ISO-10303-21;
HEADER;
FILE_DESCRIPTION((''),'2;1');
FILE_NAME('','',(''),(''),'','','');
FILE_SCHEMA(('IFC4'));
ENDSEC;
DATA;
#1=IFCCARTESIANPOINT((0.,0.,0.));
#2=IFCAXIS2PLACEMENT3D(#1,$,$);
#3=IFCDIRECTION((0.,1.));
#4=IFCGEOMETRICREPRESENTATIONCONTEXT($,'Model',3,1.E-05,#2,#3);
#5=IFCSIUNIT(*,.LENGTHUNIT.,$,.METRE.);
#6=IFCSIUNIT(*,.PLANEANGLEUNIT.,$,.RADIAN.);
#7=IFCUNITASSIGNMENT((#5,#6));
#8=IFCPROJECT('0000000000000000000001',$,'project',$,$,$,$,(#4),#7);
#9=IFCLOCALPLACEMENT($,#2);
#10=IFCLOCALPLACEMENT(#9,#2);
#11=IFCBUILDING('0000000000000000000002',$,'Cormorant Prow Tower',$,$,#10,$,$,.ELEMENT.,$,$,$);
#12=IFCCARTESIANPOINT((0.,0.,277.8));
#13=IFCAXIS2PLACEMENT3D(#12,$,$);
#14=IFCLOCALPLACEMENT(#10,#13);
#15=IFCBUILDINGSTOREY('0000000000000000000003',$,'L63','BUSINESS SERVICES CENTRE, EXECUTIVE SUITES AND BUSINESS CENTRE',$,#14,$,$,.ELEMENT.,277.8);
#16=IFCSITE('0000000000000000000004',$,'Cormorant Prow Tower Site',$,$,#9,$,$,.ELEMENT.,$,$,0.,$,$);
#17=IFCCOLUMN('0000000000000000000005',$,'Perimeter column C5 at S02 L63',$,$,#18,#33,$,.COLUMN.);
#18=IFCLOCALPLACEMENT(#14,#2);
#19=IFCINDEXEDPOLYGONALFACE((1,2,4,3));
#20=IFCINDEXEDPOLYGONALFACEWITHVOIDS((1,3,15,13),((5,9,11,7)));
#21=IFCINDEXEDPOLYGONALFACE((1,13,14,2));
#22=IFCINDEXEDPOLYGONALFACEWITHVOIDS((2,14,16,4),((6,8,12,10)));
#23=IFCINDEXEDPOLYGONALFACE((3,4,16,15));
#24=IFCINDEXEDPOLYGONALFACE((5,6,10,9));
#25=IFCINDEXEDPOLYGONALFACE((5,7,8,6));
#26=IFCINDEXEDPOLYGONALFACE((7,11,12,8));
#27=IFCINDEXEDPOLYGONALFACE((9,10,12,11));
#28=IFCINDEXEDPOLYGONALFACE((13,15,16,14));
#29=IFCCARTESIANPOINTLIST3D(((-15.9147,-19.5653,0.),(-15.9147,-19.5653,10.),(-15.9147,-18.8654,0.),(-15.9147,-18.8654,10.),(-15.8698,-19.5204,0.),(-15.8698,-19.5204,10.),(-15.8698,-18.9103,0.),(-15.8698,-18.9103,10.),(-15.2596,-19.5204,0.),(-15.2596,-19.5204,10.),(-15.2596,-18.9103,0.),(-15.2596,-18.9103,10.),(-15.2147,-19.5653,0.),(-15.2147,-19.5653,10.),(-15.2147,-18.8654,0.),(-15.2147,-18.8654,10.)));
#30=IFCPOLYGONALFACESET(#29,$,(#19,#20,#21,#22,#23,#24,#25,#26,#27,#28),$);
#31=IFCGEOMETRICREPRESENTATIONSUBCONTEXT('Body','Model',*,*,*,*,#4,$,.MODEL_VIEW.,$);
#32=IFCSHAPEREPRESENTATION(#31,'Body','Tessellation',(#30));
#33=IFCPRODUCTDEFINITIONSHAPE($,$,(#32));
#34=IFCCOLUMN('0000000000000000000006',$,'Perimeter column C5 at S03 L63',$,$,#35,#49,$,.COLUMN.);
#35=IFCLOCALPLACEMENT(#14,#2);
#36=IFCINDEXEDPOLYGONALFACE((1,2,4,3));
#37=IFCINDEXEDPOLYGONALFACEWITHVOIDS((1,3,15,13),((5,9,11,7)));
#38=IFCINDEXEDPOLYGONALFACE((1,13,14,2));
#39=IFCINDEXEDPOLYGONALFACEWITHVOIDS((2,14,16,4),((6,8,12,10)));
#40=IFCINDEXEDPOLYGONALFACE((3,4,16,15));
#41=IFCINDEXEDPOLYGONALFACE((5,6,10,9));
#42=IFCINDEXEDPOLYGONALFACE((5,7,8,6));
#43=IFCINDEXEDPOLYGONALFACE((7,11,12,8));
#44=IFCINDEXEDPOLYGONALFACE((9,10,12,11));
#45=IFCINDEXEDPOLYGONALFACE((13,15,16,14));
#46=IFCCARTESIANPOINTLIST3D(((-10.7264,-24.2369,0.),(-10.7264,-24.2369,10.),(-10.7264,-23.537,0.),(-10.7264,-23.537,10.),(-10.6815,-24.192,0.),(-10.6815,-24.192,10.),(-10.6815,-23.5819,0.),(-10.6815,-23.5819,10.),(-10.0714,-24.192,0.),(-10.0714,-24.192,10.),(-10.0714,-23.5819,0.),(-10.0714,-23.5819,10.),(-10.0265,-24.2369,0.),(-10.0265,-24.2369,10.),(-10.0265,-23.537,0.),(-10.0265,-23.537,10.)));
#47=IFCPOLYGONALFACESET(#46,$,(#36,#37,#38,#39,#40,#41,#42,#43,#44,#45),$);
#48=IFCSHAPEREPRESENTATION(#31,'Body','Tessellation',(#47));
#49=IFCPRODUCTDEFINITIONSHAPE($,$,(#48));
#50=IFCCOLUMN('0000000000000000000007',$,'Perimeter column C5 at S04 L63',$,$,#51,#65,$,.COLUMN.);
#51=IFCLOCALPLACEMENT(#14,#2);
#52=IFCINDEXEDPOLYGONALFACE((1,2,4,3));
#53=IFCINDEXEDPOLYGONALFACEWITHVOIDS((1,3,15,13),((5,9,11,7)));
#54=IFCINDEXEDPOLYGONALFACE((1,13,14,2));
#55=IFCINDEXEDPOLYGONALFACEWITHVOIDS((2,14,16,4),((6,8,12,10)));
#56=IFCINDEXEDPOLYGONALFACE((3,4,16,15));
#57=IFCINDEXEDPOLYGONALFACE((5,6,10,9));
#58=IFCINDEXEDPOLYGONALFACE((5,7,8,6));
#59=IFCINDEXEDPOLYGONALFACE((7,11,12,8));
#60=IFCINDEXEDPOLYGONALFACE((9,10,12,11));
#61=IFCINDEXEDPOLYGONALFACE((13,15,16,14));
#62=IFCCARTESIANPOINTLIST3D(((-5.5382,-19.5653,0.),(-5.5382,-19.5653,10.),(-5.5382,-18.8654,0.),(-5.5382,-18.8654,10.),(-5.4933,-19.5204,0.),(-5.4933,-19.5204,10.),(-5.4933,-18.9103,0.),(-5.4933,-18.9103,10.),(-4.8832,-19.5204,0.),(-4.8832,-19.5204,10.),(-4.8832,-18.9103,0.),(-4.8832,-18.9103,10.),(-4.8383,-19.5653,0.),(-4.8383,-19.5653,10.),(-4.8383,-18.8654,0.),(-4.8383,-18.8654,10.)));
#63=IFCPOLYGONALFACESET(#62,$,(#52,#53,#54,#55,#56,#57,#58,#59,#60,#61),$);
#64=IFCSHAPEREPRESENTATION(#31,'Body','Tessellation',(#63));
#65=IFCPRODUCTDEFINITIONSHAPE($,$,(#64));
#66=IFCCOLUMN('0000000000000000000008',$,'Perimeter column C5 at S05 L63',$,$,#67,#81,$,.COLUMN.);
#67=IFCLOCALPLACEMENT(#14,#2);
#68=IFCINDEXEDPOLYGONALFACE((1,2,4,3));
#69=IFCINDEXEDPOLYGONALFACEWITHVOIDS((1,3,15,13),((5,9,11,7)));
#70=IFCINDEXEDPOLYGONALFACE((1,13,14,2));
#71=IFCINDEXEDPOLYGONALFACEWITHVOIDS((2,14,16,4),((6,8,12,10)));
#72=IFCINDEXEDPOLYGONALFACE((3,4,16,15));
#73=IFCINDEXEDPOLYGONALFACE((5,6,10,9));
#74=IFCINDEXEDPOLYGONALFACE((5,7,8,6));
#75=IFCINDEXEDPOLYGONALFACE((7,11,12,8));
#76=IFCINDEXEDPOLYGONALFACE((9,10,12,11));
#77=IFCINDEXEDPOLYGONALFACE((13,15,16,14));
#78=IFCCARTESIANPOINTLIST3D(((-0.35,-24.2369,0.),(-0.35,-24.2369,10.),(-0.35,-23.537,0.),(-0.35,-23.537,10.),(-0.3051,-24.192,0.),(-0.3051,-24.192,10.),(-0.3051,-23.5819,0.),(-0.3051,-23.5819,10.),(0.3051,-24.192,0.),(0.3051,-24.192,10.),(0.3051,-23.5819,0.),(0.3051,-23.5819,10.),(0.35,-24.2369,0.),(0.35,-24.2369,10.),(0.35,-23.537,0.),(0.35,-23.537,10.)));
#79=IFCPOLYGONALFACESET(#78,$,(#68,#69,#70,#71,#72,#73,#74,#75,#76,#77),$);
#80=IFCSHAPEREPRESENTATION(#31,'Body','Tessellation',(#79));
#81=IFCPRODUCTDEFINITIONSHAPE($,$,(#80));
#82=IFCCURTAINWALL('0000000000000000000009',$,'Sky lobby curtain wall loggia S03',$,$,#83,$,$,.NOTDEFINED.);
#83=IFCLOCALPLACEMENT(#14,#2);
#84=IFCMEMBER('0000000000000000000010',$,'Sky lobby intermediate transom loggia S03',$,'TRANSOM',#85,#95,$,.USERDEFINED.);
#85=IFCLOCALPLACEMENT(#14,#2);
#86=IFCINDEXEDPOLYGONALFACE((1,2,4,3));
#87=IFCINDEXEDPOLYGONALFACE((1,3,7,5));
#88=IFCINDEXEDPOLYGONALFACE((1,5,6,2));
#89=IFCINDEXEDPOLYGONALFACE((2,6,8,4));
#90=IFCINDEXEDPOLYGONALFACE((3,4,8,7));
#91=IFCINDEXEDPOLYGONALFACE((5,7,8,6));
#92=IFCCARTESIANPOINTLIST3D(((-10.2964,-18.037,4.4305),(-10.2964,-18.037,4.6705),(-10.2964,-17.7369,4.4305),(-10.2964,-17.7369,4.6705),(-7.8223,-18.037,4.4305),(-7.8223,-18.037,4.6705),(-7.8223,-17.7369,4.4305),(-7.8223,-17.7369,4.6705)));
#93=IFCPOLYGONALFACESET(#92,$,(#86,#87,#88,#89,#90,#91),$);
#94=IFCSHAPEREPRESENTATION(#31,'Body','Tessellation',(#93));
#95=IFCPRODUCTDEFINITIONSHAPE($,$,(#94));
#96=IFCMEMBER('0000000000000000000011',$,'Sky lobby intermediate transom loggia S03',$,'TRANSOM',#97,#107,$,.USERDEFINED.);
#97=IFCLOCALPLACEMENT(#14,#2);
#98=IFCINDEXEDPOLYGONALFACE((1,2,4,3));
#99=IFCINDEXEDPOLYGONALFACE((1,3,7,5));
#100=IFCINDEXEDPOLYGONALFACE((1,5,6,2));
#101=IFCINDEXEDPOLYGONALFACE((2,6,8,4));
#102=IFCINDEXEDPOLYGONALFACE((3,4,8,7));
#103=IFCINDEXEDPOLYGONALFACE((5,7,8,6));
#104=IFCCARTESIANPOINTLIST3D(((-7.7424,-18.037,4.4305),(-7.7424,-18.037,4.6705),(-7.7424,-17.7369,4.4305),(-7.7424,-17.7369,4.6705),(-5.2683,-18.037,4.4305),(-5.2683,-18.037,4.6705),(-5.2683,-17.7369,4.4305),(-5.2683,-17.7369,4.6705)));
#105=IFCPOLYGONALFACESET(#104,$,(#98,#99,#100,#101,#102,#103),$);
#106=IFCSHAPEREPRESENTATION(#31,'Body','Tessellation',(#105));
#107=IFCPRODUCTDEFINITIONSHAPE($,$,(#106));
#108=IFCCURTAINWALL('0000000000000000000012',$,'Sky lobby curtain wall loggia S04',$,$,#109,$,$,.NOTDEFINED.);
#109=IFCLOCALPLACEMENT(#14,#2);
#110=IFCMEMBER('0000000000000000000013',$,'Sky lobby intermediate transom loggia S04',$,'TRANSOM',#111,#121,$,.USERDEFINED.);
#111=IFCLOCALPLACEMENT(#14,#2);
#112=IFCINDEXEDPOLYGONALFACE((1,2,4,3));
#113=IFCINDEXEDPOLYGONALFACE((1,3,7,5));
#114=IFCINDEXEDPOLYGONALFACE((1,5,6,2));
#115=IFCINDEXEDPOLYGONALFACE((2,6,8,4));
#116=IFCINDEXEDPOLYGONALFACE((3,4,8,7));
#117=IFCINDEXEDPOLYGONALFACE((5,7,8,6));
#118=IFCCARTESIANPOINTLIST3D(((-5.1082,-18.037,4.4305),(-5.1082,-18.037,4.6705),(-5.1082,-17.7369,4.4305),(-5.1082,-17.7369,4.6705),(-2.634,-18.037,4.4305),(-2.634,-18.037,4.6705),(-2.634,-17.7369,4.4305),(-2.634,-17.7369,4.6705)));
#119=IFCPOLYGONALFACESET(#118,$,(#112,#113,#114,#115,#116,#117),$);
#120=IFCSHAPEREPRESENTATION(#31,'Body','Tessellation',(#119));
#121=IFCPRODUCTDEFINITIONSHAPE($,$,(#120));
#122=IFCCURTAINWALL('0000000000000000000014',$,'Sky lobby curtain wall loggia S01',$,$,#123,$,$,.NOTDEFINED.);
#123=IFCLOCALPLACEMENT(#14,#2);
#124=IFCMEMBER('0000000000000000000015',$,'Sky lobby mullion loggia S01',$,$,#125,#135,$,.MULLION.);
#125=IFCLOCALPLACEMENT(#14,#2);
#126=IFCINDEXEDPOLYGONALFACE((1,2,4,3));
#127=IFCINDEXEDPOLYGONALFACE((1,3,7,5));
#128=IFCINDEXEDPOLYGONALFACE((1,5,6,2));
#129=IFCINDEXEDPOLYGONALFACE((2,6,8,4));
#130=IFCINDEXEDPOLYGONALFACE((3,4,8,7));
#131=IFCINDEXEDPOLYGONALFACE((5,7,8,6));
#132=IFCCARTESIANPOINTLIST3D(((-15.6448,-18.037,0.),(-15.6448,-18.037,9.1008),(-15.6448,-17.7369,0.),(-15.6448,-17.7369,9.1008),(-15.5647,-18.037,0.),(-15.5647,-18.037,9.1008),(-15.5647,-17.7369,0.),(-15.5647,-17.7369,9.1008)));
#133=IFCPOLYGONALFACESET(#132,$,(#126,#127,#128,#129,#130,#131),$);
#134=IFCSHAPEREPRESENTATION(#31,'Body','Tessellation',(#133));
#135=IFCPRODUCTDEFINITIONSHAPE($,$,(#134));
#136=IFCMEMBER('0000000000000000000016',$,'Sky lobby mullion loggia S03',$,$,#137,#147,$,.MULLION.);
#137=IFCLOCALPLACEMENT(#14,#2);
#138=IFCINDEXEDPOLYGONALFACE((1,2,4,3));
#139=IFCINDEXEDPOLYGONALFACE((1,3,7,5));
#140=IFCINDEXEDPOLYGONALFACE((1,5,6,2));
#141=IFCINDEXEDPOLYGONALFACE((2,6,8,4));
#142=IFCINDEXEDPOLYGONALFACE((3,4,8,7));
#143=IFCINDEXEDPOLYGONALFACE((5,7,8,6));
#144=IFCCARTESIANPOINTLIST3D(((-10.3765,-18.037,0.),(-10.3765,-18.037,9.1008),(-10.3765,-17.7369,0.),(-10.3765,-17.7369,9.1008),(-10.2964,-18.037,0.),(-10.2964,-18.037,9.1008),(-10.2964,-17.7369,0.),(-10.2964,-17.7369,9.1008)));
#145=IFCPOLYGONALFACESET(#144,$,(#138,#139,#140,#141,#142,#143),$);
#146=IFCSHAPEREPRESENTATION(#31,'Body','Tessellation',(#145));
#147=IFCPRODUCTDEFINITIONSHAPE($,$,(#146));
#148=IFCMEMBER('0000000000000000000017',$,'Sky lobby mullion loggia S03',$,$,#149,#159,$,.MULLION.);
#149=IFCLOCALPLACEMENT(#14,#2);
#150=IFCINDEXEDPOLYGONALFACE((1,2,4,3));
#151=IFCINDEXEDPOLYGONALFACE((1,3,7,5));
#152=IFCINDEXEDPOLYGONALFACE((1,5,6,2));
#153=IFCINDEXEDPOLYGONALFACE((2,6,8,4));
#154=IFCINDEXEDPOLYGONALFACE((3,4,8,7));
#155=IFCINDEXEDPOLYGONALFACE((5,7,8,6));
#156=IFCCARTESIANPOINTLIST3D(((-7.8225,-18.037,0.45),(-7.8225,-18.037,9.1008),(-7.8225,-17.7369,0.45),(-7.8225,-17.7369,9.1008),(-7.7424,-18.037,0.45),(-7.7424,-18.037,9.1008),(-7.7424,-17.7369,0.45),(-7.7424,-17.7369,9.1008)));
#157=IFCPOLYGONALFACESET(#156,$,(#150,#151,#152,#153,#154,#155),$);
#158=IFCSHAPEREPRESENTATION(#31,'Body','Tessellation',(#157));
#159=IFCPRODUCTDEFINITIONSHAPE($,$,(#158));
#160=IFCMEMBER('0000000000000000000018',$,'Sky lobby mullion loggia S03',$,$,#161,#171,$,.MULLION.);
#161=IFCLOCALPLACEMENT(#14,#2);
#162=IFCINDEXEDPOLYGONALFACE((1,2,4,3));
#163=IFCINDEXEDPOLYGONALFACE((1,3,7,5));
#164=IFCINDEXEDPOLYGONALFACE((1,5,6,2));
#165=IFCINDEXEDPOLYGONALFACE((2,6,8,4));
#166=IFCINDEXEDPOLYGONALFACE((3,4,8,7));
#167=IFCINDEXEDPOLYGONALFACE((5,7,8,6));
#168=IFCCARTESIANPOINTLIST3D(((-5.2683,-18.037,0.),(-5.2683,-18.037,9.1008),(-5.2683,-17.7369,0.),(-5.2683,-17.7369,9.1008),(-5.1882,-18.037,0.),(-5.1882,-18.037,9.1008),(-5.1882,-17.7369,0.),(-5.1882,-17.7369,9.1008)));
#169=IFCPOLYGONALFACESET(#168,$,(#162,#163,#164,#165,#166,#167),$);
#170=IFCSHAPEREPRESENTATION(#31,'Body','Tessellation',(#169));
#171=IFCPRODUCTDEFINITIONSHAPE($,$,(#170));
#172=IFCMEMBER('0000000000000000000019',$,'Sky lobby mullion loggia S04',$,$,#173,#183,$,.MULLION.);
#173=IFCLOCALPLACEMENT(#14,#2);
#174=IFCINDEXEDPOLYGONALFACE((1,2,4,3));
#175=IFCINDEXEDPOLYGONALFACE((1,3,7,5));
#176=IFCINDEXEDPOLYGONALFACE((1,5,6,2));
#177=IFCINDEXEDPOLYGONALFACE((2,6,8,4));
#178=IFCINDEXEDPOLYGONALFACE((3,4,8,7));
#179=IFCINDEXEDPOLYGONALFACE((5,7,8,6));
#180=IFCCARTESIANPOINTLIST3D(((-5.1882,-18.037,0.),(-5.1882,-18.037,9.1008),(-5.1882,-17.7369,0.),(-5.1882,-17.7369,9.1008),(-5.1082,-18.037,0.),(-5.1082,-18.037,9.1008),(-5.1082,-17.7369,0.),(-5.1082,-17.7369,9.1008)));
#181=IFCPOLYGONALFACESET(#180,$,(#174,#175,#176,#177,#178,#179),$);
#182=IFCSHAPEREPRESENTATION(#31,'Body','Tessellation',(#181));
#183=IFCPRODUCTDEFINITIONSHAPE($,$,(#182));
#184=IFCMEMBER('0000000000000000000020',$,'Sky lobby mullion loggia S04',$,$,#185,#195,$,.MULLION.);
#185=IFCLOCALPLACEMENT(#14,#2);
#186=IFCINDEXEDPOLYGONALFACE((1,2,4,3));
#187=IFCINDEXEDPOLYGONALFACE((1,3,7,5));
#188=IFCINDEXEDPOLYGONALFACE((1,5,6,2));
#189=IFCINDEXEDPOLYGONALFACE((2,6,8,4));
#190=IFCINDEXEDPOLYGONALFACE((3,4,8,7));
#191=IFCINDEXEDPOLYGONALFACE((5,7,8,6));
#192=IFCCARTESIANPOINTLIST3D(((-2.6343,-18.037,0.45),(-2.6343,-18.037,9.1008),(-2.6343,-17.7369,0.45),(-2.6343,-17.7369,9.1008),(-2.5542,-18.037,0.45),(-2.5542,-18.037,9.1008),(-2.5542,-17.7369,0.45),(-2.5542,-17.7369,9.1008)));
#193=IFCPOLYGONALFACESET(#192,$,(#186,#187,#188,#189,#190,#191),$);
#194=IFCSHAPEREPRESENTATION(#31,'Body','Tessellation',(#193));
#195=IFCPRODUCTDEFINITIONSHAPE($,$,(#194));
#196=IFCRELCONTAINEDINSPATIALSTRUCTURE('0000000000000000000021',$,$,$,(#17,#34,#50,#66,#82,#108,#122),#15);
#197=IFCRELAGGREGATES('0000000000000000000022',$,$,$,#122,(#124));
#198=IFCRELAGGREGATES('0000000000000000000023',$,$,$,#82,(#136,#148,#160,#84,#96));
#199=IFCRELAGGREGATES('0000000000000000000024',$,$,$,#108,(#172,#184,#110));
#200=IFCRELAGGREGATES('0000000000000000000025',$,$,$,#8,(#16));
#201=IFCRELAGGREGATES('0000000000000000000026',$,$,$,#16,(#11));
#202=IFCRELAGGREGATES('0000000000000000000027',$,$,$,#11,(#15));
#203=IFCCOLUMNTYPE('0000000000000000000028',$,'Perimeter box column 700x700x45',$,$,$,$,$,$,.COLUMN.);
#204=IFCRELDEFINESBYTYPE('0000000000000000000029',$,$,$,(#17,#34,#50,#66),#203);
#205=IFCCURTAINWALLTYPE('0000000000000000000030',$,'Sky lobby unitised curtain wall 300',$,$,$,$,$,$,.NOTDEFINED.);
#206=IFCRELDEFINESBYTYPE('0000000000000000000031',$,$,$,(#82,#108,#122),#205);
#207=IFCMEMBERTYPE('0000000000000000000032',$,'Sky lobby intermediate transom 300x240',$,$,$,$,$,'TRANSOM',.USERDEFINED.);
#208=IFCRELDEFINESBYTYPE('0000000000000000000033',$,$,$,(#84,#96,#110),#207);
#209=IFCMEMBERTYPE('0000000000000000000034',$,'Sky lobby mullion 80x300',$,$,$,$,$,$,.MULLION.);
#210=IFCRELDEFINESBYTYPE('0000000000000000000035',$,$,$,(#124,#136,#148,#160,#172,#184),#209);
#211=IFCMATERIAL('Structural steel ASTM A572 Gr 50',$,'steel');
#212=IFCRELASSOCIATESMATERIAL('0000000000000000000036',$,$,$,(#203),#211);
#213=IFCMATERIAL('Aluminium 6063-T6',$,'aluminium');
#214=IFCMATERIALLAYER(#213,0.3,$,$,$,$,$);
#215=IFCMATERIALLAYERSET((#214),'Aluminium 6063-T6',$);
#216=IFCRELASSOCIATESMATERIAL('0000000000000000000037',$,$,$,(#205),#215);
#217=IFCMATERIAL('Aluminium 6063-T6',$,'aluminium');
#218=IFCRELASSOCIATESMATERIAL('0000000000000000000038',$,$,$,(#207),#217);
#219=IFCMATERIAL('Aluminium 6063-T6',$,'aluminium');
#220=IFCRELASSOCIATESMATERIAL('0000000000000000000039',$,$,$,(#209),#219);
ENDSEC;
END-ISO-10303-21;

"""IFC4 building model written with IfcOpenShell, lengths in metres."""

from ifc_helpers import new_model, si_unit, direction, frame, origin, origin_2d, place, context, subcontext, project, spatial, rectangle, hollow_rectangle, extrude, material, layer, layer_set, material_profile, profile_set, type_object, element, aggregate, save


model = new_model("IFC4")

# Units and contexts
model_context = context("Model", 3, precision=1e-05, world=origin(), true_north=direction((0.0, 1.0)))
body_context = subcontext(model_context, "Body", "Model", "MODEL_VIEW")
ifc_project = project(units=[si_unit("LENGTHUNIT", "METRE"), si_unit("PLANEANGLEUNIT", "RADIAN")], contexts=[model_context])

# Site, building, storey
site_placement = place(None, origin())
site = spatial("IfcSite", under=ifc_project, at=site_placement, Name="Cormorant Prow Tower Site", CompositionType="ELEMENT", RefElevation=0.0)
building_placement = place(site_placement, origin())
building = spatial("IfcBuilding", under=site, at=building_placement, Name="Cormorant Prow Tower", CompositionType="ELEMENT")
storey_placement = place(building_placement, frame((0.0, 0.0, 277.8)))
storey = spatial("IfcBuildingStorey", under=building, at=storey_placement, Name="L63", Description="BUSINESS SERVICES CENTRE, EXECUTIVE SUITES AND BUSINESS CENTRE", CompositionType="ELEMENT", Elevation=277.8)

# Columns
ifc_material_1 = material(Name="Structural steel ASTM A572 Gr 50", Category="steel")
ifc_material_profile_1 = material_profile(ifc_material_1, hollow_rectangle(XDim=0.7, YDim=0.7, WallThickness=0.0449, at=origin_2d()), Name="Box 700x700x45")
ifc_profile_set_1 = profile_set([ifc_material_profile_1], Name="Structural steel ASTM A572 Gr 50")
column_type = type_object("IfcColumnType", Name="Perimeter box column 700x700x45", PredefinedType="COLUMN", material=ifc_profile_set_1)
for number, where, z_axis, x_axis, name in (
    (1, (-15.5647, -19.2153, 0.0), (0.0, 0.0, 1.0), (1.0, 0.0, 0.0), "Perimeter column C5 at S02 L63"),
    (2, (-10.3765, -23.887, 0.0), (0.0, 0.0, 1.0), (1.0, 0.0, 0.0), "Perimeter column C5 at S03 L63"),
    (3, (-5.1882, -19.2153, 0.0), (0.0, 0.0, 1.0), (1.0, 0.0, 0.0), "Perimeter column C5 at S04 L63"),
    (4, (0.0, -23.887, 0.0), (0.0, 0.0, 1.0), (1.0, 0.0, 0.0), "Perimeter column C5 at S05 L63"),
):
    element("IfcColumn", number, at=place(storey_placement, frame(where, z_axis=z_axis, x_axis=x_axis)), inside=storey, type_object=column_type, Name=name, PredefinedType="COLUMN", context=body_context, shape_type="SweptSolid", body=[
        extrude(hollow_rectangle(XDim=0.7, YDim=0.7, WallThickness=0.0449, at=origin_2d()), origin(), (0.0, 0.0, 1.0), 10.0),
    ])

# Curtain wall, members
ifc_material_2 = material(Name="Aluminium 6063-T6", Category="aluminium")
ifc_layer_1 = layer(ifc_material_2, 0.3)
ifc_layer_set_1 = layer_set([ifc_layer_1], Name="Aluminium 6063-T6")
curtain_wall_type = type_object("IfcCurtainWallType", Name="Sky lobby unitised curtain wall 300", PredefinedType="NOTDEFINED", material=ifc_layer_set_1)
curtain_wall_1_placement = place(storey_placement, origin())
curtain_wall_1 = element("IfcCurtainWall", 5, at=curtain_wall_1_placement, inside=storey, type_object=curtain_wall_type, Name="Sky lobby curtain wall loggia S03", PredefinedType="NOTDEFINED")
ifc_material_3 = material(Name="Aluminium 6063-T6", Category="aluminium")
ifc_material_profile_2 = material_profile(ifc_material_3, rectangle(XDim=0.3, YDim=0.24, at=origin_2d()), Name="Sky lobby intermediate transom 300x240")
ifc_profile_set_2 = profile_set([ifc_material_profile_2], Name="Aluminium 6063-T6")
member_type_1 = type_object("IfcMemberType", Name="Sky lobby intermediate transom 300x240", ElementType="TRANSOM", PredefinedType="USERDEFINED", material=ifc_profile_set_2)
member_1_placement = place(storey_placement, frame((-10.2964, -17.887, 4.5505), z_axis=(1.0, 0.0, 0.0), x_axis=(0.0, 1.0, 0.0)))
member_1 = element("IfcMember", 6, at=member_1_placement, type_object=member_type_1, Name="Sky lobby intermediate transom loggia S03", ObjectType="TRANSOM", PredefinedType="USERDEFINED", context=body_context, shape_type="SweptSolid", body=[
    extrude(rectangle(XDim=0.3, YDim=0.24, at=origin_2d()), origin(), (0.0, 0.0, 1.0), 2.4741),
])
member_2_placement = place(storey_placement, frame((-7.7424, -17.887, 4.5505), z_axis=(1.0, 0.0, 0.0), x_axis=(0.0, 1.0, 0.0)))
member_2 = element("IfcMember", 7, at=member_2_placement, type_object=member_type_1, Name="Sky lobby intermediate transom loggia S03", ObjectType="TRANSOM", PredefinedType="USERDEFINED", context=body_context, shape_type="SweptSolid", body=[
    extrude(rectangle(XDim=0.3, YDim=0.24, at=origin_2d()), origin(), (0.0, 0.0, 1.0), 2.4741),
])

# Curtain walls, members
curtain_wall_2_placement = place(storey_placement, origin())
curtain_wall_2 = element("IfcCurtainWall", 8, at=curtain_wall_2_placement, inside=storey, type_object=curtain_wall_type, Name="Sky lobby curtain wall loggia S04", PredefinedType="NOTDEFINED")
member_3_placement = place(storey_placement, frame((-5.1082, -17.887, 4.5505), z_axis=(1.0, 0.0, 0.0), x_axis=(0.0, 1.0, 0.0)))
member_3 = element("IfcMember", 9, at=member_3_placement, type_object=member_type_1, Name="Sky lobby intermediate transom loggia S04", ObjectType="TRANSOM", PredefinedType="USERDEFINED", context=body_context, shape_type="SweptSolid", body=[
    extrude(rectangle(XDim=0.3, YDim=0.24, at=origin_2d()), origin(), (0.0, 0.0, 1.0), 2.4741),
])
curtain_wall_3_placement = place(storey_placement, origin())
curtain_wall_3 = element("IfcCurtainWall", 10, at=curtain_wall_3_placement, inside=storey, type_object=curtain_wall_type, Name="Sky lobby curtain wall loggia S01", PredefinedType="NOTDEFINED")
ifc_material_4 = material(Name="Aluminium 6063-T6", Category="aluminium")
ifc_material_profile_3 = material_profile(ifc_material_4, rectangle(XDim=0.3, YDim=0.0801, at=origin_2d()), Name="Sky lobby mullion 80x300")
ifc_profile_set_3 = profile_set([ifc_material_profile_3], Name="Aluminium 6063-T6")
member_type_2 = type_object("IfcMemberType", Name="Sky lobby mullion 80x300", PredefinedType="MULLION", material=ifc_profile_set_3)
member_4_placement = place(storey_placement, frame((-15.6047, -17.887, 0.0), z_axis=(0.0, 0.0, 1.0), x_axis=(0.0, 1.0, 0.0)))
member_4 = element("IfcMember", 11, at=member_4_placement, type_object=member_type_2, Name="Sky lobby mullion loggia S01", PredefinedType="MULLION", context=body_context, shape_type="SweptSolid", body=[
    extrude(rectangle(XDim=0.3, YDim=0.0801, at=origin_2d()), origin(), (0.0, 0.0, 1.0), 9.1008),
])

# Members
member_5_placement = place(storey_placement, frame((-10.3364, -17.887, 0.0), z_axis=(0.0, 0.0, 1.0), x_axis=(0.0, 1.0, 0.0)))
member_5 = element("IfcMember", 12, at=member_5_placement, type_object=member_type_2, Name="Sky lobby mullion loggia S03", PredefinedType="MULLION", context=body_context, shape_type="SweptSolid", body=[
    extrude(rectangle(XDim=0.3, YDim=0.0801, at=origin_2d()), origin(), (0.0, 0.0, 1.0), 9.1008),
])
member_6_placement = place(storey_placement, frame((-7.7825, -17.887, 0.45), z_axis=(0.0, 0.0, 1.0), x_axis=(0.0, 1.0, 0.0)))
member_6 = element("IfcMember", 13, at=member_6_placement, type_object=member_type_2, Name="Sky lobby mullion loggia S03", PredefinedType="MULLION", context=body_context, shape_type="SweptSolid", body=[
    extrude(rectangle(XDim=0.3, YDim=0.0801, at=origin_2d()), origin(), (0.0, 0.0, 1.0), 8.6509),
])
member_7_placement = place(storey_placement, frame((-5.2283, -17.887, 0.0), z_axis=(0.0, 0.0, 1.0), x_axis=(0.0, 1.0, 0.0)))
member_7 = element("IfcMember", 14, at=member_7_placement, type_object=member_type_2, Name="Sky lobby mullion loggia S03", PredefinedType="MULLION", context=body_context, shape_type="SweptSolid", body=[
    extrude(rectangle(XDim=0.3, YDim=0.0801, at=origin_2d()), origin(), (0.0, 0.0, 1.0), 9.1008),
])
member_8_placement = place(storey_placement, frame((-5.1482, -17.887, 0.0), z_axis=(0.0, 0.0, 1.0), x_axis=(0.0, 1.0, 0.0)))
member_8 = element("IfcMember", 15, at=member_8_placement, type_object=member_type_2, Name="Sky lobby mullion loggia S04", PredefinedType="MULLION", context=body_context, shape_type="SweptSolid", body=[
    extrude(rectangle(XDim=0.3, YDim=0.0801, at=origin_2d()), origin(), (0.0, 0.0, 1.0), 9.1008),
])
member_9_placement = place(storey_placement, frame((-2.5942, -17.887, 0.45), z_axis=(0.0, 0.0, 1.0), x_axis=(0.0, 1.0, 0.0)))
member_9 = element("IfcMember", 16, at=member_9_placement, type_object=member_type_2, Name="Sky lobby mullion loggia S04", PredefinedType="MULLION", context=body_context, shape_type="SweptSolid", body=[
    extrude(rectangle(XDim=0.3, YDim=0.0801, at=origin_2d()), origin(), (0.0, 0.0, 1.0), 8.6509),
])

aggregate(curtain_wall_3, [member_4])
aggregate(curtain_wall_1, [member_5, member_6, member_7, member_1, member_2])
aggregate(curtain_wall_2, [member_8, member_9, member_3])

save(model, "model.ifc")
